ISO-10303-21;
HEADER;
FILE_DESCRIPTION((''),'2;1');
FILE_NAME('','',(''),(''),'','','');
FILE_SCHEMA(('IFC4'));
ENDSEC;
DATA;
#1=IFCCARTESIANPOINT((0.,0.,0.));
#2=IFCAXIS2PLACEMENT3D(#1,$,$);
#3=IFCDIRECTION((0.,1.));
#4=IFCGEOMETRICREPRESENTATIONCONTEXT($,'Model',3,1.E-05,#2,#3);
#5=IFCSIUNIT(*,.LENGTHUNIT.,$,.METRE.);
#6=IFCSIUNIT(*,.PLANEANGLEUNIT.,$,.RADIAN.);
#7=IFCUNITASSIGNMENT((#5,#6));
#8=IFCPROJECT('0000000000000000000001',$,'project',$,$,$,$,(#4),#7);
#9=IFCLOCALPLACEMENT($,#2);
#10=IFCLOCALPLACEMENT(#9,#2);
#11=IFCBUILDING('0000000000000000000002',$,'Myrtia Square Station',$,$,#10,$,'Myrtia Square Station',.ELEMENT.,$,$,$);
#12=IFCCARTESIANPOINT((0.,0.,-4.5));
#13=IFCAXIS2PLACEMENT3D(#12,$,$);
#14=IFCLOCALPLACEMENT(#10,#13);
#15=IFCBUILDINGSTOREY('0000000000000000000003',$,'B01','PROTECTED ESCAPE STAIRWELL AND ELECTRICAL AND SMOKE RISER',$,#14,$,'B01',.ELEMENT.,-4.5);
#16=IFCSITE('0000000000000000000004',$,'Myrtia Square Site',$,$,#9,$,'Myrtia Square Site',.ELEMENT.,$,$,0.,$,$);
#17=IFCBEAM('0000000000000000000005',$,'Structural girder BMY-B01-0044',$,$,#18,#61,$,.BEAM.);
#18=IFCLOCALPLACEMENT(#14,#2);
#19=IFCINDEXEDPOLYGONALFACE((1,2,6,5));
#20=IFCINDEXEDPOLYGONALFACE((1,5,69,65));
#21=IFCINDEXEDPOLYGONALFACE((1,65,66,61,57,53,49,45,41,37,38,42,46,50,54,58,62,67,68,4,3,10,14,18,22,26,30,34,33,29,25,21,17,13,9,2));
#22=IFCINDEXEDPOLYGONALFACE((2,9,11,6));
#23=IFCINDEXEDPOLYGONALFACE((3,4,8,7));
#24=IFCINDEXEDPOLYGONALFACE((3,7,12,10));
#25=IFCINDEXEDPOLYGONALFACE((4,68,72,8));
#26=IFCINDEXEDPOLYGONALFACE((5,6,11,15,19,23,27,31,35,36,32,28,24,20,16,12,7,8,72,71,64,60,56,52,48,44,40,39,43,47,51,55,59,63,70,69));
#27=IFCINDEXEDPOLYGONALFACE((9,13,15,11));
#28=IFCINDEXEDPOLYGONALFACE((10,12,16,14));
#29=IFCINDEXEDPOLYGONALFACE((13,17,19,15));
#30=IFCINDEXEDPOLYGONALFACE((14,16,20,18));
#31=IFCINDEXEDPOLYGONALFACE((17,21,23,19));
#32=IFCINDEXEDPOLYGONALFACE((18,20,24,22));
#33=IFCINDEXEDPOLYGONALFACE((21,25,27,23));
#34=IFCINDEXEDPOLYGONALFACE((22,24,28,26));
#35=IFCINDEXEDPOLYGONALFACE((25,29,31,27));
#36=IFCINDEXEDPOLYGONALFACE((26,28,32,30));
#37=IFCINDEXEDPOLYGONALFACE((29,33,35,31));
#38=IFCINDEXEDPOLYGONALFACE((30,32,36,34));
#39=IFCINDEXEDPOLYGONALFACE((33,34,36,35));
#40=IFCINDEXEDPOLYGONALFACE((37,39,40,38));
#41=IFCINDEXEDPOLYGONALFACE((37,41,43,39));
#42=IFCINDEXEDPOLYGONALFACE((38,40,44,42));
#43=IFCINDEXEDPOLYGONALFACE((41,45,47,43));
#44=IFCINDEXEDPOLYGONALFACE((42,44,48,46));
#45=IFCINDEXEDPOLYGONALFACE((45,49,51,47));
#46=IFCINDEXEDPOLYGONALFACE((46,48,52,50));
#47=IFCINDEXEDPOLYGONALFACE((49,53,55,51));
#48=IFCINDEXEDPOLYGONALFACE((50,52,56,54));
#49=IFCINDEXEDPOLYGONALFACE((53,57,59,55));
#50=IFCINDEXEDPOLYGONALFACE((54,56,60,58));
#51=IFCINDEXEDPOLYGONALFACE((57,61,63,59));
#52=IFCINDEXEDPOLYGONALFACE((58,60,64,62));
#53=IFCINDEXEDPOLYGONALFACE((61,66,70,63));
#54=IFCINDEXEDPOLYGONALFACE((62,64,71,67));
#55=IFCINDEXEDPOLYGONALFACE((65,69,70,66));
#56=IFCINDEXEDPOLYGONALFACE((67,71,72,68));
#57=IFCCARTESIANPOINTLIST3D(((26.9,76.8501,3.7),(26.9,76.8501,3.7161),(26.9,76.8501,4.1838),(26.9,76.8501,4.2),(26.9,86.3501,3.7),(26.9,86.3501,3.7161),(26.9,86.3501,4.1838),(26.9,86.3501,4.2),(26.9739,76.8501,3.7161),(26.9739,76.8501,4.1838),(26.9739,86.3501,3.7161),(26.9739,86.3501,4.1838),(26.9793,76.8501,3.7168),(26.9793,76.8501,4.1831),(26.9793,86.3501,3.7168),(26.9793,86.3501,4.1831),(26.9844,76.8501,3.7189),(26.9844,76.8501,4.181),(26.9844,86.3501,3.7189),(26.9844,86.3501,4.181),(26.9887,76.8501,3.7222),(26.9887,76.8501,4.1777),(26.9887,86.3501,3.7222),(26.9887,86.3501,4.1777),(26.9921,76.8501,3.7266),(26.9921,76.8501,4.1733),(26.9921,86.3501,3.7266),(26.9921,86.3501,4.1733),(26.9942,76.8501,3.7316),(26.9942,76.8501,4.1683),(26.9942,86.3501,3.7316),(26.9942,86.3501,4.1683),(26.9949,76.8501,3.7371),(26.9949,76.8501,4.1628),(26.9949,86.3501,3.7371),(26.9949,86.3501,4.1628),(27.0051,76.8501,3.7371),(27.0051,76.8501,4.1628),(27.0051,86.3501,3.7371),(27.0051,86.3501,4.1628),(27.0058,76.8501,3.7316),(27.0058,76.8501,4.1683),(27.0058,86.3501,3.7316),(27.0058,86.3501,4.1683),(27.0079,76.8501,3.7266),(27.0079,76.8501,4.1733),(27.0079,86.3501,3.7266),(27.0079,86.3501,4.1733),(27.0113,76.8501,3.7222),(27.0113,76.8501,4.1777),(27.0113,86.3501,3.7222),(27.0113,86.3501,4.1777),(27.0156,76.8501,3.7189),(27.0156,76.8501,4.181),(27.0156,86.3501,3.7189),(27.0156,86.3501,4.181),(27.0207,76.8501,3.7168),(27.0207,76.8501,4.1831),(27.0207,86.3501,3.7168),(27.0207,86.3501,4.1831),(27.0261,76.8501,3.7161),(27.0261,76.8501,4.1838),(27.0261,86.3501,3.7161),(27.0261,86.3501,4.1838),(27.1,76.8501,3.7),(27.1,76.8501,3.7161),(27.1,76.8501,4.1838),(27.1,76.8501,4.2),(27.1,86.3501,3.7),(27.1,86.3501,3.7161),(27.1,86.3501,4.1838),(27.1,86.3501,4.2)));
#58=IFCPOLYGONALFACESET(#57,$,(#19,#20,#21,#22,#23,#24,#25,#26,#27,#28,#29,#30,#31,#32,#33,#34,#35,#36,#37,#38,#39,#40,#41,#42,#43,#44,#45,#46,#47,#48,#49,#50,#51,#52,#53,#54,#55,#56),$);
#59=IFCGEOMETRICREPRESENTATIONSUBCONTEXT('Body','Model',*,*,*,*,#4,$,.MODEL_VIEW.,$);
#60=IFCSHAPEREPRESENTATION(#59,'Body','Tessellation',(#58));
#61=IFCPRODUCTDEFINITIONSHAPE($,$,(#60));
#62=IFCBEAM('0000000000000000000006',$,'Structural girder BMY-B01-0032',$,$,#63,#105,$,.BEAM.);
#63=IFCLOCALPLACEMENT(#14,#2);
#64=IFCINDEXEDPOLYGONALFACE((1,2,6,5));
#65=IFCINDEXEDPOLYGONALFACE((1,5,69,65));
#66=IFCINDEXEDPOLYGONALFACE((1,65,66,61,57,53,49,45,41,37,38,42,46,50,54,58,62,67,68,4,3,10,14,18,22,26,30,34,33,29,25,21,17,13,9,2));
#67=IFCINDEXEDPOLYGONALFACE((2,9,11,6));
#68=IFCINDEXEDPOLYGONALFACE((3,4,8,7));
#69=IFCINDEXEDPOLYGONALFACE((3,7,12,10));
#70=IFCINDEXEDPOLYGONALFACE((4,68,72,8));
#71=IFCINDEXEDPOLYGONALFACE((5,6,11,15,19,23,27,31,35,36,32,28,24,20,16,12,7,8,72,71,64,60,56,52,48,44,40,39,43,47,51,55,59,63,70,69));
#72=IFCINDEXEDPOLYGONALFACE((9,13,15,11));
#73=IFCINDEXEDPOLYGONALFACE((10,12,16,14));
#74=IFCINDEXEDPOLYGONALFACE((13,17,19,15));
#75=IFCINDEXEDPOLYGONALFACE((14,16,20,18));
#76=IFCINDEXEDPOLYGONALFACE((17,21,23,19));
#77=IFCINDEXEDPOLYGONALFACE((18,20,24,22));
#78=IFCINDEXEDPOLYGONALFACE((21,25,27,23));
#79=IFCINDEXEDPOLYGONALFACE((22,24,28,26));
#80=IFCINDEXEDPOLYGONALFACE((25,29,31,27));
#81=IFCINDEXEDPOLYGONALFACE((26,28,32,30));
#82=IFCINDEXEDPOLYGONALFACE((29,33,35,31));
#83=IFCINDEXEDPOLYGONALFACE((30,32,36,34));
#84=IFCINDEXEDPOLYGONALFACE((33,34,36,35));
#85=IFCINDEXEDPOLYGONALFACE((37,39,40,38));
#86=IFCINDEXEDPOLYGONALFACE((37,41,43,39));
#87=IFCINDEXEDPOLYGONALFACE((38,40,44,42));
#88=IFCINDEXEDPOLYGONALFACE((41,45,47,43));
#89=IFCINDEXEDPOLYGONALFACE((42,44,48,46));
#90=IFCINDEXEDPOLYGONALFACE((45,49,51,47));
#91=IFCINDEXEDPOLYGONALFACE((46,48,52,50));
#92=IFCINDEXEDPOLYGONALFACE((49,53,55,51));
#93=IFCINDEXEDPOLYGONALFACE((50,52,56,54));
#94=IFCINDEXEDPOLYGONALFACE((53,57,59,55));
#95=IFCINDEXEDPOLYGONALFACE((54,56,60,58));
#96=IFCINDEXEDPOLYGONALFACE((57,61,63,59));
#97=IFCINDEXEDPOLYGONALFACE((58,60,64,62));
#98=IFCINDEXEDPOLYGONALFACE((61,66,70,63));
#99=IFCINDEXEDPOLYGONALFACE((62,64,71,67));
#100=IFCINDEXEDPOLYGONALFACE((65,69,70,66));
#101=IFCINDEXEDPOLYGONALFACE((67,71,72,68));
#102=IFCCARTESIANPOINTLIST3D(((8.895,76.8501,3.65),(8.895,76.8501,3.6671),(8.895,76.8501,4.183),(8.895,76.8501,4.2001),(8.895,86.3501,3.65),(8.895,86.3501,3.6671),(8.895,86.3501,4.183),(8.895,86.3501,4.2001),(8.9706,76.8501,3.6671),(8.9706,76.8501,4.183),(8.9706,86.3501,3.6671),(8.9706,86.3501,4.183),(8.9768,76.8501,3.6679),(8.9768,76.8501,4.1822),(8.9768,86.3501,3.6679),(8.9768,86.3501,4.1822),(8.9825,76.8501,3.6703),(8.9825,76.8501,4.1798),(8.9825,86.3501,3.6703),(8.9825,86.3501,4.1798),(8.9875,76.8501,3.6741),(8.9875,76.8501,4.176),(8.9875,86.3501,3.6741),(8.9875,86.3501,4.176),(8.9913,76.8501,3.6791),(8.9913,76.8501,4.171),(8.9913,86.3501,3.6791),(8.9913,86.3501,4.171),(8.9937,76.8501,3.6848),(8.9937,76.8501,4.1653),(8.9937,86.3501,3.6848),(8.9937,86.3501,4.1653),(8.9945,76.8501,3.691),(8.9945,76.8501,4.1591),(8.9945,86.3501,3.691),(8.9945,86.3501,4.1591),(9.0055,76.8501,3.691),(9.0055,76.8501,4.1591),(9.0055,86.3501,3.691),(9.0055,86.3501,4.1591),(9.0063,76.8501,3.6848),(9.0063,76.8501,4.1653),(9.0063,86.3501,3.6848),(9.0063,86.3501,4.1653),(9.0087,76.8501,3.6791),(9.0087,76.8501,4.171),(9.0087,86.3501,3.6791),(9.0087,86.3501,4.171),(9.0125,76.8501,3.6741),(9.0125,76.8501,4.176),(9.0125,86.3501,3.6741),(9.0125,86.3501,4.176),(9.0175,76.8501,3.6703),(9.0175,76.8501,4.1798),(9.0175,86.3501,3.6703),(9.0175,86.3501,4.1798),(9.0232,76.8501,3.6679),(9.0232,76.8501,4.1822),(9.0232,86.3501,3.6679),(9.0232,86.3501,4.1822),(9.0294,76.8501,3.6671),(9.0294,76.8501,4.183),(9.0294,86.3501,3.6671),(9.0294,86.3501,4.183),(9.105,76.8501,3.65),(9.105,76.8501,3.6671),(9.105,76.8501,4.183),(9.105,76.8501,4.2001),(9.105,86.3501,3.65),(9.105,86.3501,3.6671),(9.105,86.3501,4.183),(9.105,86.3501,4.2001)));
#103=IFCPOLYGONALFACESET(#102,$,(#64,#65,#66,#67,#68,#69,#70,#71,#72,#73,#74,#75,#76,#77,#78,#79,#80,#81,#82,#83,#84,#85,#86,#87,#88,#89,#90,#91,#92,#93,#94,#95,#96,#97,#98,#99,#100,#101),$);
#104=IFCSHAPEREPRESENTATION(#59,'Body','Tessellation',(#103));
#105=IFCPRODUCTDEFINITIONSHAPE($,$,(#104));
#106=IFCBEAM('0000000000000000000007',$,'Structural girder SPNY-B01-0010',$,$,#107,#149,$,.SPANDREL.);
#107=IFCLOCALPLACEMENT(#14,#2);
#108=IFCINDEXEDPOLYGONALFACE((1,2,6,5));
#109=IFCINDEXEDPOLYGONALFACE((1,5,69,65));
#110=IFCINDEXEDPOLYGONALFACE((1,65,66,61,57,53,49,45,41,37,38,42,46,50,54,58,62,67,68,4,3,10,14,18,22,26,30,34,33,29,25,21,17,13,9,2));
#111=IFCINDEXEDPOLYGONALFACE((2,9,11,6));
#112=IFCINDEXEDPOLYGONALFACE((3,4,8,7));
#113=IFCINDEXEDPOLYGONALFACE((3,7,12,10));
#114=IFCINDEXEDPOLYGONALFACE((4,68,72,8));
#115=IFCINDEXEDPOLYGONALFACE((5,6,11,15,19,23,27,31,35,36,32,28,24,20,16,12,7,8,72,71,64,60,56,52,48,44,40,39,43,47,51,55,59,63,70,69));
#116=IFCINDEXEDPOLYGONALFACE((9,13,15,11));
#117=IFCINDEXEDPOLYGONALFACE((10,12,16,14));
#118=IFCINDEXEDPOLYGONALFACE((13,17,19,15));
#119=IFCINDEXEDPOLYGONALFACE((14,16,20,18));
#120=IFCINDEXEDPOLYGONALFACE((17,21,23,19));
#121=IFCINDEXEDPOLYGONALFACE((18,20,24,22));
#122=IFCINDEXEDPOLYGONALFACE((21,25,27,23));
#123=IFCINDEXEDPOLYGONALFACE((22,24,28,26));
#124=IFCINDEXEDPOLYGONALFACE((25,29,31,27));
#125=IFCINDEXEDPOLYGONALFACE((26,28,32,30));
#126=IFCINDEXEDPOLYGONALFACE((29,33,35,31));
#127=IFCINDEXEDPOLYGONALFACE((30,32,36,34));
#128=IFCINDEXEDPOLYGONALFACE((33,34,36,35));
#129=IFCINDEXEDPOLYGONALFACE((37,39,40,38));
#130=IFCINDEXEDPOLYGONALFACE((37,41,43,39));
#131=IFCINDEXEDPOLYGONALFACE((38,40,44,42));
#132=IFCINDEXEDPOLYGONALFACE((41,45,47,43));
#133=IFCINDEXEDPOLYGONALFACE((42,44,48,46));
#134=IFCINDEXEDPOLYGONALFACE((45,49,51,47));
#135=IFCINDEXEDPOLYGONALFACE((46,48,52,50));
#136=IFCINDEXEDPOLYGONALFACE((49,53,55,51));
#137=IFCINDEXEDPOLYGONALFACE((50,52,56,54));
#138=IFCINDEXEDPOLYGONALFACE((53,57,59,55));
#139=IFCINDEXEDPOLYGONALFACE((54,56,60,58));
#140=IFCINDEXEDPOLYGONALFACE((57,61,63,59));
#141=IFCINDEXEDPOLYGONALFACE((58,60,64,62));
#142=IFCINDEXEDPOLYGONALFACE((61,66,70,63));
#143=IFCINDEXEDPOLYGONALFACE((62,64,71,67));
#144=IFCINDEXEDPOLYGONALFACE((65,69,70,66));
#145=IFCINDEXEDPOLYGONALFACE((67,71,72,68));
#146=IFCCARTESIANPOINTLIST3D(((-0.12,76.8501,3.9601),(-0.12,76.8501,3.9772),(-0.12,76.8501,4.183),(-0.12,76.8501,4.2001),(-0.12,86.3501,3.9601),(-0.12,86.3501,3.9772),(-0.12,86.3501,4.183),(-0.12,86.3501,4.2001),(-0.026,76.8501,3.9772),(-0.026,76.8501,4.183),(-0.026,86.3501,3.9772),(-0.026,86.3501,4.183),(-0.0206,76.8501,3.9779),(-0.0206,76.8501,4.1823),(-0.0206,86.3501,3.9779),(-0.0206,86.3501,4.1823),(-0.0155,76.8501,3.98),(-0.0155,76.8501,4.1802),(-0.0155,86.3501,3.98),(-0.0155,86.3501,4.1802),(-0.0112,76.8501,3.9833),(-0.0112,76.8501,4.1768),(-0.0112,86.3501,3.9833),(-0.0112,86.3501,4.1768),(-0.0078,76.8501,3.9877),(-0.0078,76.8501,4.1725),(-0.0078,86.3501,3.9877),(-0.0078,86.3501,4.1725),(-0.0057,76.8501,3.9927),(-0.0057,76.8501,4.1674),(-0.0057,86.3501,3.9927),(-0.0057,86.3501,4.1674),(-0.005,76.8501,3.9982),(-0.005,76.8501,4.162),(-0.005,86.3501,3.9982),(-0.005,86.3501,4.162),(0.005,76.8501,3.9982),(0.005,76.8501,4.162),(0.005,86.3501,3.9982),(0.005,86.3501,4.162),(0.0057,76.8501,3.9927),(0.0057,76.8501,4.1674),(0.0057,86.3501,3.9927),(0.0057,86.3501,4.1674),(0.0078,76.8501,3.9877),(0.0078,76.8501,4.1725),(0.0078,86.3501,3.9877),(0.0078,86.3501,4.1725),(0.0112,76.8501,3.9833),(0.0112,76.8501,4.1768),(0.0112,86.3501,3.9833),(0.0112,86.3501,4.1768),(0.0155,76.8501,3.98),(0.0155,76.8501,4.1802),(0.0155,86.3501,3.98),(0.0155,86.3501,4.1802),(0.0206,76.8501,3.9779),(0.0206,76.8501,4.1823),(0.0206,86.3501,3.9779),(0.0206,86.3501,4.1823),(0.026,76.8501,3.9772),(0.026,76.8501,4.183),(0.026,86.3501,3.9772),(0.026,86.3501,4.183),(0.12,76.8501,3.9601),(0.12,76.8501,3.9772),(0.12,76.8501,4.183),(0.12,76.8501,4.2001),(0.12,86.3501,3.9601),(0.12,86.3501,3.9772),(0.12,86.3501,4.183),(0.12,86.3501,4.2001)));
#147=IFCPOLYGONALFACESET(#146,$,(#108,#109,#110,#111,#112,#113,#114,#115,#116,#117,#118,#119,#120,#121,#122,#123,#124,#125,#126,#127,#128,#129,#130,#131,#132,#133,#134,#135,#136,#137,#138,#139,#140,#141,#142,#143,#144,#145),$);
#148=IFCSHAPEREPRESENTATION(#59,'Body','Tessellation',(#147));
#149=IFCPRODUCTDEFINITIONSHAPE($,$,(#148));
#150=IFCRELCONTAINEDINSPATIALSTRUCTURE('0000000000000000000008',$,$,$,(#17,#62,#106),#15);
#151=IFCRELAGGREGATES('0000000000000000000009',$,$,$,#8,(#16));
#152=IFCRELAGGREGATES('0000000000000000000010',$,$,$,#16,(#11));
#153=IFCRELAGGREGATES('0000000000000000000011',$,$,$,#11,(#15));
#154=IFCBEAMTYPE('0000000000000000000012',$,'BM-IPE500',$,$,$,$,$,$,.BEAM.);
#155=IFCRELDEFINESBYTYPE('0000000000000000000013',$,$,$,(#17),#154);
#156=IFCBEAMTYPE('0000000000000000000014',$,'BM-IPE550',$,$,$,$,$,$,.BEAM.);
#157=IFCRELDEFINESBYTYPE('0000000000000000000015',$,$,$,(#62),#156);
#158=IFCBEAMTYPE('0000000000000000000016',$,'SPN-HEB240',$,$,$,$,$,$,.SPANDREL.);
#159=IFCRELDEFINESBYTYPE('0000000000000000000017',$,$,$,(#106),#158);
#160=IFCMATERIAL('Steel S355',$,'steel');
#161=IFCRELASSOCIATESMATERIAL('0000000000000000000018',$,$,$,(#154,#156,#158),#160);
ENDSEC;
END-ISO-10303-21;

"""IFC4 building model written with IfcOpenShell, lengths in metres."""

from ifc_helpers import new_model, si_unit, direction, frame, origin, origin_2d, place, context, subcontext, project, spatial, i_section, extrude, material, material_profile, profile_set, type_object, element, save


model = new_model("IFC4")

# Units and contexts
model_context = context("Model", 3, precision=1e-05, world=origin(), true_north=direction((0.0, 1.0)))
body_context = subcontext(model_context, "Body", "Model", "MODEL_VIEW")
ifc_project = project(units=[si_unit("LENGTHUNIT", "METRE"), si_unit("PLANEANGLEUNIT", "RADIAN")], contexts=[model_context])

# Site, building, storey
site_placement = place(None, origin())
site = spatial("IfcSite", under=ifc_project, at=site_placement, Name="Myrtia Square Site", LongName="Myrtia Square Site", CompositionType="ELEMENT", RefElevation=0.0)
building_placement = place(site_placement, origin())
building = spatial("IfcBuilding", under=site, at=building_placement, Name="Myrtia Square Station", LongName="Myrtia Square Station", CompositionType="ELEMENT")
storey_placement = place(building_placement, frame((0.0, 0.0, -4.5)))
storey = spatial("IfcBuildingStorey", under=building, at=storey_placement, Name="B01", Description="PROTECTED ESCAPE STAIRWELL AND ELECTRICAL AND SMOKE RISER", LongName="B01", CompositionType="ELEMENT", Elevation=-4.5)

# Shared definitions
ifc_material_1 = material(Name="Steel S355", Category="steel")

# Beams
ifc_material_profile_1 = material_profile(ifc_material_1, i_section(OverallWidth=0.2, OverallDepth=0.5, WebThickness=0.0103, FlangeThickness=0.0161, FilletRadius=0.021, at=origin_2d()), Name="IPE 500")
ifc_profile_set_1 = profile_set([ifc_material_profile_1], Name="Steel S355")
beam_type_1 = type_object("IfcBeamType", Name="BM-IPE500", PredefinedType="BEAM", material=ifc_profile_set_1)
beam_1_placement = place(storey_placement, frame((27.0, 76.8501, 3.95), z_axis=(0.0, 1.0, 0.0), x_axis=(-1.0, 0.0, 0.0)))
element("IfcBeam", 1, at=beam_1_placement, inside=storey, type_object=beam_type_1, Name="Structural girder BMY-B01-0044", PredefinedType="BEAM", context=body_context, shape_type="SweptSolid", body=[
    extrude(i_section(OverallWidth=0.2, OverallDepth=0.5, WebThickness=0.0103, FlangeThickness=0.0161, FilletRadius=0.021, at=origin_2d()), origin(), (0.0, 0.0, 1.0), 9.5),
])
ifc_material_profile_2 = material_profile(ifc_material_1, i_section(OverallWidth=0.21, OverallDepth=0.55, WebThickness=0.011, FlangeThickness=0.0171, FilletRadius=0.0239, at=origin_2d()), Name="IPE 550")
ifc_profile_set_2 = profile_set([ifc_material_profile_2], Name="Steel S355")
beam_type_2 = type_object("IfcBeamType", Name="BM-IPE550", PredefinedType="BEAM", material=ifc_profile_set_2)
beam_2_placement = place(storey_placement, frame((9.0, 76.8501, 3.925), z_axis=(0.0, 1.0, 0.0), x_axis=(-1.0, 0.0, 0.0)))
element("IfcBeam", 2, at=beam_2_placement, inside=storey, type_object=beam_type_2, Name="Structural girder BMY-B01-0032", PredefinedType="BEAM", context=body_context, shape_type="SweptSolid", body=[
    extrude(i_section(OverallWidth=0.21, OverallDepth=0.55, WebThickness=0.011, FlangeThickness=0.0171, FilletRadius=0.0239, at=origin_2d()), origin(), (0.0, 0.0, 1.0), 9.5),
])
ifc_material_profile_3 = material_profile(ifc_material_1, i_section(OverallWidth=0.24, OverallDepth=0.24, WebThickness=0.01, FlangeThickness=0.0171, FilletRadius=0.021, at=origin_2d()), Name="HEB 240")
ifc_profile_set_3 = profile_set([ifc_material_profile_3], Name="Steel S355")
beam_type_3 = type_object("IfcBeamType", Name="SPN-HEB240", PredefinedType="SPANDREL", material=ifc_profile_set_3)
beam_3_placement = place(storey_placement, frame((0.0, 76.8501, 4.0801), z_axis=(0.0, 1.0, 0.0), x_axis=(-1.0, 0.0, 0.0)))
element("IfcBeam", 3, at=beam_3_placement, inside=storey, type_object=beam_type_3, Name="Structural girder SPNY-B01-0010", PredefinedType="SPANDREL", context=body_context, shape_type="SweptSolid", body=[
    extrude(i_section(OverallWidth=0.24, OverallDepth=0.24, WebThickness=0.01, FlangeThickness=0.0171, FilletRadius=0.021, at=origin_2d()), origin(), (0.0, 0.0, 1.0), 9.5),
])

save(model, "model.ifc")
